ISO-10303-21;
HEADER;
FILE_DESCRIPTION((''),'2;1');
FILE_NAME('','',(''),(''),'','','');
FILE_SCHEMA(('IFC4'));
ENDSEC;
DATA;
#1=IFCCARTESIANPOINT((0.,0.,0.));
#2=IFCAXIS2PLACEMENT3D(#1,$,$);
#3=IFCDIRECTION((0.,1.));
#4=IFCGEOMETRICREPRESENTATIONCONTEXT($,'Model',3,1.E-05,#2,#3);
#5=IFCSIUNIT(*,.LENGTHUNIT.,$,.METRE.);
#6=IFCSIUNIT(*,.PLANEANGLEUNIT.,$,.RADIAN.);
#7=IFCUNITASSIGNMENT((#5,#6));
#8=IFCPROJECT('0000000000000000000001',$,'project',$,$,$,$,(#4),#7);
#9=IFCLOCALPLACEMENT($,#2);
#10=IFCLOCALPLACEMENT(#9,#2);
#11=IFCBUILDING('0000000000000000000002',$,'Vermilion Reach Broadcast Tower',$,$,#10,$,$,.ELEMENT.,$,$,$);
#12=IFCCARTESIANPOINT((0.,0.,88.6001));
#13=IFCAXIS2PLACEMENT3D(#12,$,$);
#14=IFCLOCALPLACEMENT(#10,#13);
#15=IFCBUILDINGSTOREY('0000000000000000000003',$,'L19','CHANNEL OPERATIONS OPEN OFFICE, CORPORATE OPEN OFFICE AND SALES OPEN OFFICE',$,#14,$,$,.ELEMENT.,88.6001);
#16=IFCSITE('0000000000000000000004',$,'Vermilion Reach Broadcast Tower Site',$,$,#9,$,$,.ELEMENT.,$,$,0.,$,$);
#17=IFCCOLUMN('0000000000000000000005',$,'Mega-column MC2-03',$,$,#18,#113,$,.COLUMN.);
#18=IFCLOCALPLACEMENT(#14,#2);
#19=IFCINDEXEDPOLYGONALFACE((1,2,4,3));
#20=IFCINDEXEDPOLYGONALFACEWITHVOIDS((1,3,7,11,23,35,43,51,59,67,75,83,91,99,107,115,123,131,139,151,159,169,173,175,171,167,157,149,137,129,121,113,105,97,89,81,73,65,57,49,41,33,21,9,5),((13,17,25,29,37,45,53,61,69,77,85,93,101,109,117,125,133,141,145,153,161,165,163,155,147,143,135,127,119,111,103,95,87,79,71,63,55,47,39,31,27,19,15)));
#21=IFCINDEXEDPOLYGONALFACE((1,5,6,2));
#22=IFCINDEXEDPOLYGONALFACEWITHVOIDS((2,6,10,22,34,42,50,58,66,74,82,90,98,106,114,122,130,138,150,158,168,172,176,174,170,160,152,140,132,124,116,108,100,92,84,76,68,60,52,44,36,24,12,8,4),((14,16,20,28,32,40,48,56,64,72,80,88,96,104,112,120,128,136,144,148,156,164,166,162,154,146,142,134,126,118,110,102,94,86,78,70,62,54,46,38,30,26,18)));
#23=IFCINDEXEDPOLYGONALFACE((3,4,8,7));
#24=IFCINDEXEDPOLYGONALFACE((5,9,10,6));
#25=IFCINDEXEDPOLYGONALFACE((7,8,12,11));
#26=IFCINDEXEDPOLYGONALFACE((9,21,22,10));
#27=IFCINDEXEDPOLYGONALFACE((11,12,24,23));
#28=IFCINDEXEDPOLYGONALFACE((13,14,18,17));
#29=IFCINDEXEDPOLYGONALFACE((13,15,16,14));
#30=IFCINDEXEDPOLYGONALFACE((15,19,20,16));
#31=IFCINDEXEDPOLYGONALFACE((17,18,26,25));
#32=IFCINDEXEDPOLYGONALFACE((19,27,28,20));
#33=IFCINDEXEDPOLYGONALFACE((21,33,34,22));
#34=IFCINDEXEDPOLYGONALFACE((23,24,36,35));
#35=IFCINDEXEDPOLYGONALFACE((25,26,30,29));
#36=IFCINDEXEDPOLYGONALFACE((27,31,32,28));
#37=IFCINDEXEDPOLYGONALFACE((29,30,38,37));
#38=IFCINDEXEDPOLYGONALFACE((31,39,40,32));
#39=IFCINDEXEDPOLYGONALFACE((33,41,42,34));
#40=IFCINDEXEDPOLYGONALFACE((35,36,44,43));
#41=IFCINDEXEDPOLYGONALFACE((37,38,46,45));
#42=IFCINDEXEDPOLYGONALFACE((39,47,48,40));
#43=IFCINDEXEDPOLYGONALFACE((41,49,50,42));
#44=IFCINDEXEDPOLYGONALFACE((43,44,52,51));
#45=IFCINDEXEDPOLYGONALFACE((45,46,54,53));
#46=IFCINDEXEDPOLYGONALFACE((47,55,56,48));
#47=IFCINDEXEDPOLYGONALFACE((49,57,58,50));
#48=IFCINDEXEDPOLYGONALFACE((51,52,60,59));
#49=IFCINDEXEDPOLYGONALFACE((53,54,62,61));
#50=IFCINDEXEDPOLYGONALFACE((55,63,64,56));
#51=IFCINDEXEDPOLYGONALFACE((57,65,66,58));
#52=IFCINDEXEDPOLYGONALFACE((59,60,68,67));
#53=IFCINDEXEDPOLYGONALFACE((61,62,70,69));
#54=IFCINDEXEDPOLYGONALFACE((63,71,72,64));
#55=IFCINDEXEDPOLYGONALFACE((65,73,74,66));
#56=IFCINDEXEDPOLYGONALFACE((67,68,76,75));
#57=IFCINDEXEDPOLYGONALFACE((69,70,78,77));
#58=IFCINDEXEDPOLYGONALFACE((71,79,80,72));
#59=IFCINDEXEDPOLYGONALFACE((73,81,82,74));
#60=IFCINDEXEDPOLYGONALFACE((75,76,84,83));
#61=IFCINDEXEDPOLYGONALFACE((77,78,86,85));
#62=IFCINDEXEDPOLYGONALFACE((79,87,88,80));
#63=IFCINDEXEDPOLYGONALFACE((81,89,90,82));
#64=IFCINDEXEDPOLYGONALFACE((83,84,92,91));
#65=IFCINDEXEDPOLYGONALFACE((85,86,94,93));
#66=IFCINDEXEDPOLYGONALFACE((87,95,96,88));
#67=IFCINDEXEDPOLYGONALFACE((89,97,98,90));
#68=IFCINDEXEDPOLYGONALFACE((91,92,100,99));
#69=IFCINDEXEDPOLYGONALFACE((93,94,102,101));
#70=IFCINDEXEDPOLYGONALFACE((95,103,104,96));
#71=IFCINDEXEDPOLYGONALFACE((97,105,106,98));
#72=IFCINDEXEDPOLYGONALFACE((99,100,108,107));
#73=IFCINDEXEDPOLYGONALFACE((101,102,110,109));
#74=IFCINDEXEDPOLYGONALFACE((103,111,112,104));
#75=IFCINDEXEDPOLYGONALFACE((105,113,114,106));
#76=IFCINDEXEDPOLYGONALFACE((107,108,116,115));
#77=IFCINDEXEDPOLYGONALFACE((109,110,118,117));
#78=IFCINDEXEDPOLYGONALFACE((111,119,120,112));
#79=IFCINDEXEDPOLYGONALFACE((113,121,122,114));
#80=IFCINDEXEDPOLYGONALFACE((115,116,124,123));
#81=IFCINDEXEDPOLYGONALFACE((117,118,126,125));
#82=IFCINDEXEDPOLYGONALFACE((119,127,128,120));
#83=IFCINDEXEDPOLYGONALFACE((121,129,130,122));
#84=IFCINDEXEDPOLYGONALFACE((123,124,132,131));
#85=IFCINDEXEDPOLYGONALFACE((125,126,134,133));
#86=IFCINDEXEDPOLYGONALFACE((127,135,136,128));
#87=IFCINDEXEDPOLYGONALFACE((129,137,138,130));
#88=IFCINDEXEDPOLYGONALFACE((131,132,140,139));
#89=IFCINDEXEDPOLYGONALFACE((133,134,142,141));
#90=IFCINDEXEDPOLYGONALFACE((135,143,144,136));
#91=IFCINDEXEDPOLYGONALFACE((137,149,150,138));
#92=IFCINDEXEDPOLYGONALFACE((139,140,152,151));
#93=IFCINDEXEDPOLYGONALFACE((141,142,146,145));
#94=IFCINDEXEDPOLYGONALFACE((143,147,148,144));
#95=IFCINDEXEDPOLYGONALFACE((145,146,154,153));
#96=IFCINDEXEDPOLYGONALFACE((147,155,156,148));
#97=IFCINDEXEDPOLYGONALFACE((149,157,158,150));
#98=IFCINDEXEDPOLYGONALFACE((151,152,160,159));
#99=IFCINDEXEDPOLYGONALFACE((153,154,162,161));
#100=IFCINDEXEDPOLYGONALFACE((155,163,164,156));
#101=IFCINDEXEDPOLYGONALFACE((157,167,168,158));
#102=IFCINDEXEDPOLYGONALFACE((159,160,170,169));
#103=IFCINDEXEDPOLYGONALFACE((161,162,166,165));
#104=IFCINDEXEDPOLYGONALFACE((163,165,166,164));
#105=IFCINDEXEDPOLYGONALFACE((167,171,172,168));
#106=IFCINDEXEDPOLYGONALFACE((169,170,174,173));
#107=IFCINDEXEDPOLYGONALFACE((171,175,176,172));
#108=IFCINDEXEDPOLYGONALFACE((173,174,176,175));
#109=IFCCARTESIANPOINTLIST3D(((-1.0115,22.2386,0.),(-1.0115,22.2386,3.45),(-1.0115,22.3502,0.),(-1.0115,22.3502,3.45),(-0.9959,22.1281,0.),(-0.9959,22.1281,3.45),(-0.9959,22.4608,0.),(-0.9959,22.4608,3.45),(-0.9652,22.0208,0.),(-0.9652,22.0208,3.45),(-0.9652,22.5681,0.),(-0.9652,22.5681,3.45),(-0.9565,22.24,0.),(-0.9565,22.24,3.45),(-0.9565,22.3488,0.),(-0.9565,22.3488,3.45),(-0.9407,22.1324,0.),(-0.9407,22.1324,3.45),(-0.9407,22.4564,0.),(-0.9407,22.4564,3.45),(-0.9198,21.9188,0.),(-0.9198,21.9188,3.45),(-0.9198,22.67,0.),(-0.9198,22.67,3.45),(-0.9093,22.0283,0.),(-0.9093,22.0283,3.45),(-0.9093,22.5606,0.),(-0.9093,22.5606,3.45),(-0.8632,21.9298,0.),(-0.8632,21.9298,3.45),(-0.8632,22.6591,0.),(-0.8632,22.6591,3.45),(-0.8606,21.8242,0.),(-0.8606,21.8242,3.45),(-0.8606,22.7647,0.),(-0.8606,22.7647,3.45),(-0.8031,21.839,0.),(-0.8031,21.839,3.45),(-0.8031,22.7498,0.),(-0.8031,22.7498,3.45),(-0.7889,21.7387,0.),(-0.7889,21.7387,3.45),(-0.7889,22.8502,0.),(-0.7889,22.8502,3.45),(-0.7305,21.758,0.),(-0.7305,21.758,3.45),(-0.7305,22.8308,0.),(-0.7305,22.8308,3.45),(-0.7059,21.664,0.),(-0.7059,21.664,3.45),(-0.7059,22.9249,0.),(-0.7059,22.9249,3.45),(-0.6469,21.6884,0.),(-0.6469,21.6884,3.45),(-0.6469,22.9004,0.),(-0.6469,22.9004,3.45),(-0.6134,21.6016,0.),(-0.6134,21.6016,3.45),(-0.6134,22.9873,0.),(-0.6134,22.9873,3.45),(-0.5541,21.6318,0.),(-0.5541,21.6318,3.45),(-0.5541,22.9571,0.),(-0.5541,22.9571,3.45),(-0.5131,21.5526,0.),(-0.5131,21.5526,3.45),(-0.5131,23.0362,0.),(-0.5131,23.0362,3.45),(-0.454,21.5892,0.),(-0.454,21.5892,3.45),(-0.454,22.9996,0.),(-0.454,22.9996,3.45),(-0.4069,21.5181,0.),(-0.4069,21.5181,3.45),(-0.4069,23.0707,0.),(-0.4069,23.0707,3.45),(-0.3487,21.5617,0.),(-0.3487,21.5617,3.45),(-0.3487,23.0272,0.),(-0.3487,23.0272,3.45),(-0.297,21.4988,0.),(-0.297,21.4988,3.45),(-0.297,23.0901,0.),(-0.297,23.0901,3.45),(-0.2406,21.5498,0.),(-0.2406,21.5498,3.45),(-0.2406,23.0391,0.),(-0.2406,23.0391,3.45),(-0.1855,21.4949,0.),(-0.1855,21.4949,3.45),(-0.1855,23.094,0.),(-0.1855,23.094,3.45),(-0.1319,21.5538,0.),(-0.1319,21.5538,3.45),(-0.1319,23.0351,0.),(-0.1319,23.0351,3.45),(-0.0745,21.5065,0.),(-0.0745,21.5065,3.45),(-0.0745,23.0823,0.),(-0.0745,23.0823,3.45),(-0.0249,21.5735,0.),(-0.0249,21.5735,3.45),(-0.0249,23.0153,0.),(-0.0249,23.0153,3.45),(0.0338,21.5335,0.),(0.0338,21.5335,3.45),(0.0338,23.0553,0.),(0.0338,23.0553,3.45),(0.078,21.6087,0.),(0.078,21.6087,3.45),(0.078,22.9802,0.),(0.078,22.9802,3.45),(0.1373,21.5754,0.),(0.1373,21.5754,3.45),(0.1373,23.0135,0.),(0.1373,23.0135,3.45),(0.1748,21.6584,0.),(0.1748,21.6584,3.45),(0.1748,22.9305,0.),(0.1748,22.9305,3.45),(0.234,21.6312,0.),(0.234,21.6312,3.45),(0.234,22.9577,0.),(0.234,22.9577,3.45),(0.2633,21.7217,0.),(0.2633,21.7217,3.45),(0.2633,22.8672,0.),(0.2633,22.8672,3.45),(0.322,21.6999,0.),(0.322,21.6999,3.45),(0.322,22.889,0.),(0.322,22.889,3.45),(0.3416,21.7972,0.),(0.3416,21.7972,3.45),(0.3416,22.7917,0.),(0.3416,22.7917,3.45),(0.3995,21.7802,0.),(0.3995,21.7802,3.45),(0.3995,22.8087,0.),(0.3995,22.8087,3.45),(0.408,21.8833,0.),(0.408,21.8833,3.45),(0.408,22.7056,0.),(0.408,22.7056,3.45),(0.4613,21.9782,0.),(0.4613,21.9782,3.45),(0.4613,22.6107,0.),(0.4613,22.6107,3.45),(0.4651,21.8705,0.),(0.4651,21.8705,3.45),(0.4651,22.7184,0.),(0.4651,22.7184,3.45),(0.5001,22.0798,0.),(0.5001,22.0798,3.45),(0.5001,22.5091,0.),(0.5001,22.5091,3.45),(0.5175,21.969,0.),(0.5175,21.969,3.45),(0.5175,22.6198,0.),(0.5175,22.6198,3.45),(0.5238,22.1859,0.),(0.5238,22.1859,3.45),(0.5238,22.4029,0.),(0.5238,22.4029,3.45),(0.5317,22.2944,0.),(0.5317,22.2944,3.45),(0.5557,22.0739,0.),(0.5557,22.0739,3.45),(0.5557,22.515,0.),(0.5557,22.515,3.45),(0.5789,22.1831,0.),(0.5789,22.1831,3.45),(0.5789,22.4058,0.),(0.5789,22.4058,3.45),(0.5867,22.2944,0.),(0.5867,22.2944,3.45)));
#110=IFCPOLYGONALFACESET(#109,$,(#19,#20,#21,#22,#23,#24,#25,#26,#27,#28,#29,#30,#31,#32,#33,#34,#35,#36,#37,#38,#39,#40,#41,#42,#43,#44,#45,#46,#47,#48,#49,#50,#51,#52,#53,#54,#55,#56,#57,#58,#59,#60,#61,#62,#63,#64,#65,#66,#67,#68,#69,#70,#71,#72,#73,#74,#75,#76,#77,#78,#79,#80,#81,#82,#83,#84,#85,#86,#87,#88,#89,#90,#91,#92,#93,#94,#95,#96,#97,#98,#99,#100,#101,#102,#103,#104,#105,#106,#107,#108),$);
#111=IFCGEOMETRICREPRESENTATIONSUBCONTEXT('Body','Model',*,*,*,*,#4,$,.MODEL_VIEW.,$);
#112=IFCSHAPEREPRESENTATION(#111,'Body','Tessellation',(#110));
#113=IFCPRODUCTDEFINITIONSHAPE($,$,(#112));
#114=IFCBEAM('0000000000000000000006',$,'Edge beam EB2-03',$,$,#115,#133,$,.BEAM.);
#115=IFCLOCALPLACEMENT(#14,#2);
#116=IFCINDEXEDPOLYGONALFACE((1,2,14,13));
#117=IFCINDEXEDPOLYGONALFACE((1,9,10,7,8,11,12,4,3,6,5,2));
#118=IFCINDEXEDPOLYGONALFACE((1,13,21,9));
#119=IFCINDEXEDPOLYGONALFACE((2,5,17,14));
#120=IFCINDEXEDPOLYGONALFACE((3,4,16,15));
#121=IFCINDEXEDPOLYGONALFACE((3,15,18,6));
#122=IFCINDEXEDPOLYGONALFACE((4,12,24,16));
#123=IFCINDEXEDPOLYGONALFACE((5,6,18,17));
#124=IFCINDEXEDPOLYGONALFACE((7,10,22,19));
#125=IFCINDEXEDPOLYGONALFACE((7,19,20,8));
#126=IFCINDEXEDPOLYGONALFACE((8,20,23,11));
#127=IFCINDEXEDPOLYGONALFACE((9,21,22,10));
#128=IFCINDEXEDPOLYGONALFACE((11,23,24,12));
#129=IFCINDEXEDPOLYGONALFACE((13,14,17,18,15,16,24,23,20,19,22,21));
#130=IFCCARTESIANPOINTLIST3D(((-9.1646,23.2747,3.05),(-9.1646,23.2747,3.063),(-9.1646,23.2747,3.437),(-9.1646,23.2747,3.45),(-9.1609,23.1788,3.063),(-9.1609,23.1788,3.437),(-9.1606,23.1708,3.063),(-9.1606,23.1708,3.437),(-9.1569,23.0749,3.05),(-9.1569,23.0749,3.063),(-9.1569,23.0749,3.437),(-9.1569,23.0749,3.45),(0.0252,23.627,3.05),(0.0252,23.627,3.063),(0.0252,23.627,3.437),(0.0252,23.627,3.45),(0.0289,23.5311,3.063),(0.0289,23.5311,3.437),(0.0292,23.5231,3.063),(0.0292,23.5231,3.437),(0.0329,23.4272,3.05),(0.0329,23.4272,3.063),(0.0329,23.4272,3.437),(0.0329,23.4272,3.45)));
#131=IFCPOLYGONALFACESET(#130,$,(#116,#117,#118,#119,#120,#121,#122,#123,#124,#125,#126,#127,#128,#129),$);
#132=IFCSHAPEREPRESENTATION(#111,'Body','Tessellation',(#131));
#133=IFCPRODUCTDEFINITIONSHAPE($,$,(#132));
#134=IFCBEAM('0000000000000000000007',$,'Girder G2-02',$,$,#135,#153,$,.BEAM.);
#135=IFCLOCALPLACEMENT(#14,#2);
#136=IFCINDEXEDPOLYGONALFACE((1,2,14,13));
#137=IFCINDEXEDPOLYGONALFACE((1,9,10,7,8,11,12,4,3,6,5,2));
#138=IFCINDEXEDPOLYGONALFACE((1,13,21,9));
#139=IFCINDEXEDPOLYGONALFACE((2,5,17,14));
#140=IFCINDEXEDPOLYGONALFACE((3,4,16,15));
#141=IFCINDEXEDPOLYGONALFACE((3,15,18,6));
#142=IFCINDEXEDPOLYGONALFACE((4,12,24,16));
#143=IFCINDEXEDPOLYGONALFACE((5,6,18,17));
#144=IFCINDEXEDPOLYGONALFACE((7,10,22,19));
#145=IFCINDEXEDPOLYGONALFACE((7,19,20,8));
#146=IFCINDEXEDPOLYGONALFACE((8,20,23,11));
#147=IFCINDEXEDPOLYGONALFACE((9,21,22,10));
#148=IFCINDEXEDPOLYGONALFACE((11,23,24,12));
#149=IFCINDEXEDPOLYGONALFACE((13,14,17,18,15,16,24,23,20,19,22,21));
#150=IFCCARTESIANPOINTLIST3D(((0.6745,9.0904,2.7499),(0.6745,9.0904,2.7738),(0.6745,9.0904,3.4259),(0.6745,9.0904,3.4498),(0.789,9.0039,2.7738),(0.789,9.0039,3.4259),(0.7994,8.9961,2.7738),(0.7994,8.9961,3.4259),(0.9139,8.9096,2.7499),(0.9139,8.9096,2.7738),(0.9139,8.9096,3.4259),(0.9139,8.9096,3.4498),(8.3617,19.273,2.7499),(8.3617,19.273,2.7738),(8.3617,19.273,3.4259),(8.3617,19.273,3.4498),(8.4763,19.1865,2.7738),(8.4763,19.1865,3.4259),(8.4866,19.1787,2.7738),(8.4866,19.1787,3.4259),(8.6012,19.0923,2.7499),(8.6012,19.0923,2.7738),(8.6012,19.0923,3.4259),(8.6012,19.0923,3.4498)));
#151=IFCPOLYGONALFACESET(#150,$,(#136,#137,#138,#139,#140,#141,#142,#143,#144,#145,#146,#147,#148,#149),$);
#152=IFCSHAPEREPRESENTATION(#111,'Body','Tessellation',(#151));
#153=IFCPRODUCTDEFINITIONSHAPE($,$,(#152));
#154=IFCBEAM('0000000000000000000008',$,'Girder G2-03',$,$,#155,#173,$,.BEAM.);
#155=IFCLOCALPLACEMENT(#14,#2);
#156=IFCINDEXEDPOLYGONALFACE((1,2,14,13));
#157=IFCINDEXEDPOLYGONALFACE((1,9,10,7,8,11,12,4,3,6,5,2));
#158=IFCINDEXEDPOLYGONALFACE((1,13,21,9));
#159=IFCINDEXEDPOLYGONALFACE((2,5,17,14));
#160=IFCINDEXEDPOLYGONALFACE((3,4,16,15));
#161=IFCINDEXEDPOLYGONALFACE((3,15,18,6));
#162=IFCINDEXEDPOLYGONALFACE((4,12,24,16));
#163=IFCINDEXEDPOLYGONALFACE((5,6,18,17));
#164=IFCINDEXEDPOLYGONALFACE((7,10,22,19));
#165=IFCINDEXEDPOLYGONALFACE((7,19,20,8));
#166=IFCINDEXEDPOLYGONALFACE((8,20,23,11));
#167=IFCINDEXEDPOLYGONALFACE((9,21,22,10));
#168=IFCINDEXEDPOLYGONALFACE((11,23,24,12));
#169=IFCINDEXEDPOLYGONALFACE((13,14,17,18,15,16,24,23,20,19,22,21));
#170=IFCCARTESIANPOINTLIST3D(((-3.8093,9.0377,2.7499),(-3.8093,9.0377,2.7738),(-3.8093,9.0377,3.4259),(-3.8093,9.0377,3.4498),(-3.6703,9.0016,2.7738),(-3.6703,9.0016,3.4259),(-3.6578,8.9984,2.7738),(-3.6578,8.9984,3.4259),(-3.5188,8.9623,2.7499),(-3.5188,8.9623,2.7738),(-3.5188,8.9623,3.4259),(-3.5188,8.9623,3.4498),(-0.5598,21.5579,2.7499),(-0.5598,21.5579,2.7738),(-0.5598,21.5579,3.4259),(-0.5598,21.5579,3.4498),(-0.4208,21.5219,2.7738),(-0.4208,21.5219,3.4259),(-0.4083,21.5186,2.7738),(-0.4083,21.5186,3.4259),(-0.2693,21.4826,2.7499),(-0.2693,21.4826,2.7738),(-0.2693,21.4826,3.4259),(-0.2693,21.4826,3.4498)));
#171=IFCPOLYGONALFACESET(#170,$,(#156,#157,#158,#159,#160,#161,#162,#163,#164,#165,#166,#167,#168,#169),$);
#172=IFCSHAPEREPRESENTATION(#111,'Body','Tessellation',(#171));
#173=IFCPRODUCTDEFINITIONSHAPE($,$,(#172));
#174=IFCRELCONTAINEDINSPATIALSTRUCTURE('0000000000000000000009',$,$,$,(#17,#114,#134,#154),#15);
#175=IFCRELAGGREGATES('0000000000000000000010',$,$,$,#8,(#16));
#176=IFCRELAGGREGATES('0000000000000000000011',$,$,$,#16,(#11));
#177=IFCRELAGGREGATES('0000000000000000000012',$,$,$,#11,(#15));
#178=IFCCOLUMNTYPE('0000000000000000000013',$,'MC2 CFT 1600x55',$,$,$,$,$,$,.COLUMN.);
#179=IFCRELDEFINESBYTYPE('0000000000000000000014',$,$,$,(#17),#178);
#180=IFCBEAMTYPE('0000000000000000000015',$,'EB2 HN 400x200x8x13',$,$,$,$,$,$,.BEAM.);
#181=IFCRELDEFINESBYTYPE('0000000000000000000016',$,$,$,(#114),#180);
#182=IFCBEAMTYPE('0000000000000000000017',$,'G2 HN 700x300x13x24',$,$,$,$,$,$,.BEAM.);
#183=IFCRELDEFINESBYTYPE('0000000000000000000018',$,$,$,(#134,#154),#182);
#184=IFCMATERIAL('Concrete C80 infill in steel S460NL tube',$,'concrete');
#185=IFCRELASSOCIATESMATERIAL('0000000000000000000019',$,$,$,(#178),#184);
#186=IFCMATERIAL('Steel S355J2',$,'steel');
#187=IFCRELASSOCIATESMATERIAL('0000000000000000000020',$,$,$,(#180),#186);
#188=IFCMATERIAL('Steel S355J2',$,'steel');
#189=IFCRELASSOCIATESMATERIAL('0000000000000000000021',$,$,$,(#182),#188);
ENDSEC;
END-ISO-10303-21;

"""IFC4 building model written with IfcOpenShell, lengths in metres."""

from ifc_helpers import new_model, si_unit, direction, frame, origin, origin_2d, place, context, subcontext, project, spatial, hollow_circle, i_section, extrude, material, material_profile, profile_set, type_object, element, save


model = new_model("IFC4")

# Units and contexts
model_context = context("Model", 3, precision=1e-05, world=origin(), true_north=direction((0.0, 1.0)))
body_context = subcontext(model_context, "Body", "Model", "MODEL_VIEW")
ifc_project = project(units=[si_unit("LENGTHUNIT", "METRE"), si_unit("PLANEANGLEUNIT", "RADIAN")], contexts=[model_context])

# Site, building, storey
site_placement = place(None, origin())
site = spatial("IfcSite", under=ifc_project, at=site_placement, Name="Vermilion Reach Broadcast Tower Site", CompositionType="ELEMENT", RefElevation=0.0)
building_placement = place(site_placement, origin())
building = spatial("IfcBuilding", under=site, at=building_placement, Name="Vermilion Reach Broadcast Tower", CompositionType="ELEMENT")
storey_placement = place(building_placement, frame((0.0, 0.0, 88.6001)))
storey = spatial("IfcBuildingStorey", under=building, at=storey_placement, Name="L19", Description="CHANNEL OPERATIONS OPEN OFFICE, CORPORATE OPEN OFFICE AND SALES OPEN OFFICE", CompositionType="ELEMENT", Elevation=88.6001)

# Column
ifc_material_1 = material(Name="Concrete C80 infill in steel S460NL tube", Category="concrete")
ifc_material_profile_1 = material_profile(ifc_material_1, hollow_circle(Radius=0.8, WallThickness=0.0549, at=origin_2d()), Name="Concrete C80 infill in steel S460NL tube CFT 1600x55")
ifc_profile_set_1 = profile_set([ifc_material_profile_1], Name="Concrete C80 infill in steel S460NL tube")
column_type = type_object("IfcColumnType", Name="MC2 CFT 1600x55", PredefinedType="COLUMN", material=ifc_profile_set_1)
column_placement = place(storey_placement, frame((-0.2134, 22.2944, 0.0), z_axis=(0.0, 0.0, 1.0), x_axis=(1.0, 0.0, 0.0)))
element("IfcColumn", 1, at=column_placement, inside=storey, type_object=column_type, Name="Mega-column MC2-03", PredefinedType="COLUMN", context=body_context, shape_type="SweptSolid", body=[
    extrude(hollow_circle(Radius=0.8, WallThickness=0.0549, at=origin_2d()), origin(), (0.0, 0.0, 1.0), 3.45),
])

# Beams
ifc_material_2 = material(Name="Steel S355J2", Category="steel")
ifc_material_profile_2 = material_profile(ifc_material_2, i_section(OverallWidth=0.2, OverallDepth=0.3999, WebThickness=0.0081, FlangeThickness=0.0129, at=origin_2d()), Name="S355J2 HN 400x200x8x13")
ifc_profile_set_2 = profile_set([ifc_material_profile_2], Name="Steel S355J2")
beam_type_1 = type_object("IfcBeamType", Name="EB2 HN 400x200x8x13", PredefinedType="BEAM", material=ifc_profile_set_2)
beam_1_placement = place(storey_placement, frame((0.0291, 23.5271, 3.25), z_axis=(-0.999266, -0.038308, 0.0), x_axis=(0.038308, -0.999266, 0.0)))
element("IfcBeam", 2, at=beam_1_placement, inside=storey, type_object=beam_type_1, Name="Edge beam EB2-03", PredefinedType="BEAM", context=body_context, shape_type="SweptSolid", body=[
    extrude(i_section(OverallWidth=0.2, OverallDepth=0.3999, WebThickness=0.0081, FlangeThickness=0.0129, at=origin_2d()), origin(), (0.0, 0.0, 1.0), 9.1965),
])
ifc_material_3 = material(Name="Steel S355J2", Category="steel")
ifc_material_profile_3 = material_profile(ifc_material_3, i_section(OverallWidth=0.3, OverallDepth=0.7, WebThickness=0.0129, FlangeThickness=0.0239, at=origin_2d()), Name="S355J2 HN 700x300x13x24")
ifc_profile_set_3 = profile_set([ifc_material_profile_3], Name="Steel S355J2")
beam_type_2 = type_object("IfcBeamType", Name="G2 HN 700x300x13x24", PredefinedType="BEAM", material=ifc_profile_set_3)
beam_2_placement = place(storey_placement, frame((0.7942, 9.0, 3.0999), z_axis=(0.60252, 0.798104, 0.0), x_axis=(-0.798104, 0.60252, 0.0)))
element("IfcBeam", 3, at=beam_2_placement, inside=storey, type_object=beam_type_2, Name="Girder G2-02", PredefinedType="BEAM", context=body_context, shape_type="SweptSolid", body=[
    extrude(i_section(OverallWidth=0.3, OverallDepth=0.7, WebThickness=0.0129, FlangeThickness=0.0239, at=origin_2d()), origin(), (0.0, 0.0, 1.0), 12.7585),
])
beam_3_placement = place(storey_placement, frame((-3.6641, 9.0, 3.0999), z_axis=(0.251217, 0.967931, 0.0), x_axis=(-0.967931, 0.251217, 0.0)))
element("IfcBeam", 4, at=beam_3_placement, inside=storey, type_object=beam_type_2, Name="Girder G2-03", PredefinedType="BEAM", context=body_context, shape_type="SweptSolid", body=[
    extrude(i_section(OverallWidth=0.3, OverallDepth=0.7, WebThickness=0.0129, FlangeThickness=0.0239, at=origin_2d()), origin(), (0.0, 0.0, 1.0), 12.9351),
])

save(model, "model.ifc")
